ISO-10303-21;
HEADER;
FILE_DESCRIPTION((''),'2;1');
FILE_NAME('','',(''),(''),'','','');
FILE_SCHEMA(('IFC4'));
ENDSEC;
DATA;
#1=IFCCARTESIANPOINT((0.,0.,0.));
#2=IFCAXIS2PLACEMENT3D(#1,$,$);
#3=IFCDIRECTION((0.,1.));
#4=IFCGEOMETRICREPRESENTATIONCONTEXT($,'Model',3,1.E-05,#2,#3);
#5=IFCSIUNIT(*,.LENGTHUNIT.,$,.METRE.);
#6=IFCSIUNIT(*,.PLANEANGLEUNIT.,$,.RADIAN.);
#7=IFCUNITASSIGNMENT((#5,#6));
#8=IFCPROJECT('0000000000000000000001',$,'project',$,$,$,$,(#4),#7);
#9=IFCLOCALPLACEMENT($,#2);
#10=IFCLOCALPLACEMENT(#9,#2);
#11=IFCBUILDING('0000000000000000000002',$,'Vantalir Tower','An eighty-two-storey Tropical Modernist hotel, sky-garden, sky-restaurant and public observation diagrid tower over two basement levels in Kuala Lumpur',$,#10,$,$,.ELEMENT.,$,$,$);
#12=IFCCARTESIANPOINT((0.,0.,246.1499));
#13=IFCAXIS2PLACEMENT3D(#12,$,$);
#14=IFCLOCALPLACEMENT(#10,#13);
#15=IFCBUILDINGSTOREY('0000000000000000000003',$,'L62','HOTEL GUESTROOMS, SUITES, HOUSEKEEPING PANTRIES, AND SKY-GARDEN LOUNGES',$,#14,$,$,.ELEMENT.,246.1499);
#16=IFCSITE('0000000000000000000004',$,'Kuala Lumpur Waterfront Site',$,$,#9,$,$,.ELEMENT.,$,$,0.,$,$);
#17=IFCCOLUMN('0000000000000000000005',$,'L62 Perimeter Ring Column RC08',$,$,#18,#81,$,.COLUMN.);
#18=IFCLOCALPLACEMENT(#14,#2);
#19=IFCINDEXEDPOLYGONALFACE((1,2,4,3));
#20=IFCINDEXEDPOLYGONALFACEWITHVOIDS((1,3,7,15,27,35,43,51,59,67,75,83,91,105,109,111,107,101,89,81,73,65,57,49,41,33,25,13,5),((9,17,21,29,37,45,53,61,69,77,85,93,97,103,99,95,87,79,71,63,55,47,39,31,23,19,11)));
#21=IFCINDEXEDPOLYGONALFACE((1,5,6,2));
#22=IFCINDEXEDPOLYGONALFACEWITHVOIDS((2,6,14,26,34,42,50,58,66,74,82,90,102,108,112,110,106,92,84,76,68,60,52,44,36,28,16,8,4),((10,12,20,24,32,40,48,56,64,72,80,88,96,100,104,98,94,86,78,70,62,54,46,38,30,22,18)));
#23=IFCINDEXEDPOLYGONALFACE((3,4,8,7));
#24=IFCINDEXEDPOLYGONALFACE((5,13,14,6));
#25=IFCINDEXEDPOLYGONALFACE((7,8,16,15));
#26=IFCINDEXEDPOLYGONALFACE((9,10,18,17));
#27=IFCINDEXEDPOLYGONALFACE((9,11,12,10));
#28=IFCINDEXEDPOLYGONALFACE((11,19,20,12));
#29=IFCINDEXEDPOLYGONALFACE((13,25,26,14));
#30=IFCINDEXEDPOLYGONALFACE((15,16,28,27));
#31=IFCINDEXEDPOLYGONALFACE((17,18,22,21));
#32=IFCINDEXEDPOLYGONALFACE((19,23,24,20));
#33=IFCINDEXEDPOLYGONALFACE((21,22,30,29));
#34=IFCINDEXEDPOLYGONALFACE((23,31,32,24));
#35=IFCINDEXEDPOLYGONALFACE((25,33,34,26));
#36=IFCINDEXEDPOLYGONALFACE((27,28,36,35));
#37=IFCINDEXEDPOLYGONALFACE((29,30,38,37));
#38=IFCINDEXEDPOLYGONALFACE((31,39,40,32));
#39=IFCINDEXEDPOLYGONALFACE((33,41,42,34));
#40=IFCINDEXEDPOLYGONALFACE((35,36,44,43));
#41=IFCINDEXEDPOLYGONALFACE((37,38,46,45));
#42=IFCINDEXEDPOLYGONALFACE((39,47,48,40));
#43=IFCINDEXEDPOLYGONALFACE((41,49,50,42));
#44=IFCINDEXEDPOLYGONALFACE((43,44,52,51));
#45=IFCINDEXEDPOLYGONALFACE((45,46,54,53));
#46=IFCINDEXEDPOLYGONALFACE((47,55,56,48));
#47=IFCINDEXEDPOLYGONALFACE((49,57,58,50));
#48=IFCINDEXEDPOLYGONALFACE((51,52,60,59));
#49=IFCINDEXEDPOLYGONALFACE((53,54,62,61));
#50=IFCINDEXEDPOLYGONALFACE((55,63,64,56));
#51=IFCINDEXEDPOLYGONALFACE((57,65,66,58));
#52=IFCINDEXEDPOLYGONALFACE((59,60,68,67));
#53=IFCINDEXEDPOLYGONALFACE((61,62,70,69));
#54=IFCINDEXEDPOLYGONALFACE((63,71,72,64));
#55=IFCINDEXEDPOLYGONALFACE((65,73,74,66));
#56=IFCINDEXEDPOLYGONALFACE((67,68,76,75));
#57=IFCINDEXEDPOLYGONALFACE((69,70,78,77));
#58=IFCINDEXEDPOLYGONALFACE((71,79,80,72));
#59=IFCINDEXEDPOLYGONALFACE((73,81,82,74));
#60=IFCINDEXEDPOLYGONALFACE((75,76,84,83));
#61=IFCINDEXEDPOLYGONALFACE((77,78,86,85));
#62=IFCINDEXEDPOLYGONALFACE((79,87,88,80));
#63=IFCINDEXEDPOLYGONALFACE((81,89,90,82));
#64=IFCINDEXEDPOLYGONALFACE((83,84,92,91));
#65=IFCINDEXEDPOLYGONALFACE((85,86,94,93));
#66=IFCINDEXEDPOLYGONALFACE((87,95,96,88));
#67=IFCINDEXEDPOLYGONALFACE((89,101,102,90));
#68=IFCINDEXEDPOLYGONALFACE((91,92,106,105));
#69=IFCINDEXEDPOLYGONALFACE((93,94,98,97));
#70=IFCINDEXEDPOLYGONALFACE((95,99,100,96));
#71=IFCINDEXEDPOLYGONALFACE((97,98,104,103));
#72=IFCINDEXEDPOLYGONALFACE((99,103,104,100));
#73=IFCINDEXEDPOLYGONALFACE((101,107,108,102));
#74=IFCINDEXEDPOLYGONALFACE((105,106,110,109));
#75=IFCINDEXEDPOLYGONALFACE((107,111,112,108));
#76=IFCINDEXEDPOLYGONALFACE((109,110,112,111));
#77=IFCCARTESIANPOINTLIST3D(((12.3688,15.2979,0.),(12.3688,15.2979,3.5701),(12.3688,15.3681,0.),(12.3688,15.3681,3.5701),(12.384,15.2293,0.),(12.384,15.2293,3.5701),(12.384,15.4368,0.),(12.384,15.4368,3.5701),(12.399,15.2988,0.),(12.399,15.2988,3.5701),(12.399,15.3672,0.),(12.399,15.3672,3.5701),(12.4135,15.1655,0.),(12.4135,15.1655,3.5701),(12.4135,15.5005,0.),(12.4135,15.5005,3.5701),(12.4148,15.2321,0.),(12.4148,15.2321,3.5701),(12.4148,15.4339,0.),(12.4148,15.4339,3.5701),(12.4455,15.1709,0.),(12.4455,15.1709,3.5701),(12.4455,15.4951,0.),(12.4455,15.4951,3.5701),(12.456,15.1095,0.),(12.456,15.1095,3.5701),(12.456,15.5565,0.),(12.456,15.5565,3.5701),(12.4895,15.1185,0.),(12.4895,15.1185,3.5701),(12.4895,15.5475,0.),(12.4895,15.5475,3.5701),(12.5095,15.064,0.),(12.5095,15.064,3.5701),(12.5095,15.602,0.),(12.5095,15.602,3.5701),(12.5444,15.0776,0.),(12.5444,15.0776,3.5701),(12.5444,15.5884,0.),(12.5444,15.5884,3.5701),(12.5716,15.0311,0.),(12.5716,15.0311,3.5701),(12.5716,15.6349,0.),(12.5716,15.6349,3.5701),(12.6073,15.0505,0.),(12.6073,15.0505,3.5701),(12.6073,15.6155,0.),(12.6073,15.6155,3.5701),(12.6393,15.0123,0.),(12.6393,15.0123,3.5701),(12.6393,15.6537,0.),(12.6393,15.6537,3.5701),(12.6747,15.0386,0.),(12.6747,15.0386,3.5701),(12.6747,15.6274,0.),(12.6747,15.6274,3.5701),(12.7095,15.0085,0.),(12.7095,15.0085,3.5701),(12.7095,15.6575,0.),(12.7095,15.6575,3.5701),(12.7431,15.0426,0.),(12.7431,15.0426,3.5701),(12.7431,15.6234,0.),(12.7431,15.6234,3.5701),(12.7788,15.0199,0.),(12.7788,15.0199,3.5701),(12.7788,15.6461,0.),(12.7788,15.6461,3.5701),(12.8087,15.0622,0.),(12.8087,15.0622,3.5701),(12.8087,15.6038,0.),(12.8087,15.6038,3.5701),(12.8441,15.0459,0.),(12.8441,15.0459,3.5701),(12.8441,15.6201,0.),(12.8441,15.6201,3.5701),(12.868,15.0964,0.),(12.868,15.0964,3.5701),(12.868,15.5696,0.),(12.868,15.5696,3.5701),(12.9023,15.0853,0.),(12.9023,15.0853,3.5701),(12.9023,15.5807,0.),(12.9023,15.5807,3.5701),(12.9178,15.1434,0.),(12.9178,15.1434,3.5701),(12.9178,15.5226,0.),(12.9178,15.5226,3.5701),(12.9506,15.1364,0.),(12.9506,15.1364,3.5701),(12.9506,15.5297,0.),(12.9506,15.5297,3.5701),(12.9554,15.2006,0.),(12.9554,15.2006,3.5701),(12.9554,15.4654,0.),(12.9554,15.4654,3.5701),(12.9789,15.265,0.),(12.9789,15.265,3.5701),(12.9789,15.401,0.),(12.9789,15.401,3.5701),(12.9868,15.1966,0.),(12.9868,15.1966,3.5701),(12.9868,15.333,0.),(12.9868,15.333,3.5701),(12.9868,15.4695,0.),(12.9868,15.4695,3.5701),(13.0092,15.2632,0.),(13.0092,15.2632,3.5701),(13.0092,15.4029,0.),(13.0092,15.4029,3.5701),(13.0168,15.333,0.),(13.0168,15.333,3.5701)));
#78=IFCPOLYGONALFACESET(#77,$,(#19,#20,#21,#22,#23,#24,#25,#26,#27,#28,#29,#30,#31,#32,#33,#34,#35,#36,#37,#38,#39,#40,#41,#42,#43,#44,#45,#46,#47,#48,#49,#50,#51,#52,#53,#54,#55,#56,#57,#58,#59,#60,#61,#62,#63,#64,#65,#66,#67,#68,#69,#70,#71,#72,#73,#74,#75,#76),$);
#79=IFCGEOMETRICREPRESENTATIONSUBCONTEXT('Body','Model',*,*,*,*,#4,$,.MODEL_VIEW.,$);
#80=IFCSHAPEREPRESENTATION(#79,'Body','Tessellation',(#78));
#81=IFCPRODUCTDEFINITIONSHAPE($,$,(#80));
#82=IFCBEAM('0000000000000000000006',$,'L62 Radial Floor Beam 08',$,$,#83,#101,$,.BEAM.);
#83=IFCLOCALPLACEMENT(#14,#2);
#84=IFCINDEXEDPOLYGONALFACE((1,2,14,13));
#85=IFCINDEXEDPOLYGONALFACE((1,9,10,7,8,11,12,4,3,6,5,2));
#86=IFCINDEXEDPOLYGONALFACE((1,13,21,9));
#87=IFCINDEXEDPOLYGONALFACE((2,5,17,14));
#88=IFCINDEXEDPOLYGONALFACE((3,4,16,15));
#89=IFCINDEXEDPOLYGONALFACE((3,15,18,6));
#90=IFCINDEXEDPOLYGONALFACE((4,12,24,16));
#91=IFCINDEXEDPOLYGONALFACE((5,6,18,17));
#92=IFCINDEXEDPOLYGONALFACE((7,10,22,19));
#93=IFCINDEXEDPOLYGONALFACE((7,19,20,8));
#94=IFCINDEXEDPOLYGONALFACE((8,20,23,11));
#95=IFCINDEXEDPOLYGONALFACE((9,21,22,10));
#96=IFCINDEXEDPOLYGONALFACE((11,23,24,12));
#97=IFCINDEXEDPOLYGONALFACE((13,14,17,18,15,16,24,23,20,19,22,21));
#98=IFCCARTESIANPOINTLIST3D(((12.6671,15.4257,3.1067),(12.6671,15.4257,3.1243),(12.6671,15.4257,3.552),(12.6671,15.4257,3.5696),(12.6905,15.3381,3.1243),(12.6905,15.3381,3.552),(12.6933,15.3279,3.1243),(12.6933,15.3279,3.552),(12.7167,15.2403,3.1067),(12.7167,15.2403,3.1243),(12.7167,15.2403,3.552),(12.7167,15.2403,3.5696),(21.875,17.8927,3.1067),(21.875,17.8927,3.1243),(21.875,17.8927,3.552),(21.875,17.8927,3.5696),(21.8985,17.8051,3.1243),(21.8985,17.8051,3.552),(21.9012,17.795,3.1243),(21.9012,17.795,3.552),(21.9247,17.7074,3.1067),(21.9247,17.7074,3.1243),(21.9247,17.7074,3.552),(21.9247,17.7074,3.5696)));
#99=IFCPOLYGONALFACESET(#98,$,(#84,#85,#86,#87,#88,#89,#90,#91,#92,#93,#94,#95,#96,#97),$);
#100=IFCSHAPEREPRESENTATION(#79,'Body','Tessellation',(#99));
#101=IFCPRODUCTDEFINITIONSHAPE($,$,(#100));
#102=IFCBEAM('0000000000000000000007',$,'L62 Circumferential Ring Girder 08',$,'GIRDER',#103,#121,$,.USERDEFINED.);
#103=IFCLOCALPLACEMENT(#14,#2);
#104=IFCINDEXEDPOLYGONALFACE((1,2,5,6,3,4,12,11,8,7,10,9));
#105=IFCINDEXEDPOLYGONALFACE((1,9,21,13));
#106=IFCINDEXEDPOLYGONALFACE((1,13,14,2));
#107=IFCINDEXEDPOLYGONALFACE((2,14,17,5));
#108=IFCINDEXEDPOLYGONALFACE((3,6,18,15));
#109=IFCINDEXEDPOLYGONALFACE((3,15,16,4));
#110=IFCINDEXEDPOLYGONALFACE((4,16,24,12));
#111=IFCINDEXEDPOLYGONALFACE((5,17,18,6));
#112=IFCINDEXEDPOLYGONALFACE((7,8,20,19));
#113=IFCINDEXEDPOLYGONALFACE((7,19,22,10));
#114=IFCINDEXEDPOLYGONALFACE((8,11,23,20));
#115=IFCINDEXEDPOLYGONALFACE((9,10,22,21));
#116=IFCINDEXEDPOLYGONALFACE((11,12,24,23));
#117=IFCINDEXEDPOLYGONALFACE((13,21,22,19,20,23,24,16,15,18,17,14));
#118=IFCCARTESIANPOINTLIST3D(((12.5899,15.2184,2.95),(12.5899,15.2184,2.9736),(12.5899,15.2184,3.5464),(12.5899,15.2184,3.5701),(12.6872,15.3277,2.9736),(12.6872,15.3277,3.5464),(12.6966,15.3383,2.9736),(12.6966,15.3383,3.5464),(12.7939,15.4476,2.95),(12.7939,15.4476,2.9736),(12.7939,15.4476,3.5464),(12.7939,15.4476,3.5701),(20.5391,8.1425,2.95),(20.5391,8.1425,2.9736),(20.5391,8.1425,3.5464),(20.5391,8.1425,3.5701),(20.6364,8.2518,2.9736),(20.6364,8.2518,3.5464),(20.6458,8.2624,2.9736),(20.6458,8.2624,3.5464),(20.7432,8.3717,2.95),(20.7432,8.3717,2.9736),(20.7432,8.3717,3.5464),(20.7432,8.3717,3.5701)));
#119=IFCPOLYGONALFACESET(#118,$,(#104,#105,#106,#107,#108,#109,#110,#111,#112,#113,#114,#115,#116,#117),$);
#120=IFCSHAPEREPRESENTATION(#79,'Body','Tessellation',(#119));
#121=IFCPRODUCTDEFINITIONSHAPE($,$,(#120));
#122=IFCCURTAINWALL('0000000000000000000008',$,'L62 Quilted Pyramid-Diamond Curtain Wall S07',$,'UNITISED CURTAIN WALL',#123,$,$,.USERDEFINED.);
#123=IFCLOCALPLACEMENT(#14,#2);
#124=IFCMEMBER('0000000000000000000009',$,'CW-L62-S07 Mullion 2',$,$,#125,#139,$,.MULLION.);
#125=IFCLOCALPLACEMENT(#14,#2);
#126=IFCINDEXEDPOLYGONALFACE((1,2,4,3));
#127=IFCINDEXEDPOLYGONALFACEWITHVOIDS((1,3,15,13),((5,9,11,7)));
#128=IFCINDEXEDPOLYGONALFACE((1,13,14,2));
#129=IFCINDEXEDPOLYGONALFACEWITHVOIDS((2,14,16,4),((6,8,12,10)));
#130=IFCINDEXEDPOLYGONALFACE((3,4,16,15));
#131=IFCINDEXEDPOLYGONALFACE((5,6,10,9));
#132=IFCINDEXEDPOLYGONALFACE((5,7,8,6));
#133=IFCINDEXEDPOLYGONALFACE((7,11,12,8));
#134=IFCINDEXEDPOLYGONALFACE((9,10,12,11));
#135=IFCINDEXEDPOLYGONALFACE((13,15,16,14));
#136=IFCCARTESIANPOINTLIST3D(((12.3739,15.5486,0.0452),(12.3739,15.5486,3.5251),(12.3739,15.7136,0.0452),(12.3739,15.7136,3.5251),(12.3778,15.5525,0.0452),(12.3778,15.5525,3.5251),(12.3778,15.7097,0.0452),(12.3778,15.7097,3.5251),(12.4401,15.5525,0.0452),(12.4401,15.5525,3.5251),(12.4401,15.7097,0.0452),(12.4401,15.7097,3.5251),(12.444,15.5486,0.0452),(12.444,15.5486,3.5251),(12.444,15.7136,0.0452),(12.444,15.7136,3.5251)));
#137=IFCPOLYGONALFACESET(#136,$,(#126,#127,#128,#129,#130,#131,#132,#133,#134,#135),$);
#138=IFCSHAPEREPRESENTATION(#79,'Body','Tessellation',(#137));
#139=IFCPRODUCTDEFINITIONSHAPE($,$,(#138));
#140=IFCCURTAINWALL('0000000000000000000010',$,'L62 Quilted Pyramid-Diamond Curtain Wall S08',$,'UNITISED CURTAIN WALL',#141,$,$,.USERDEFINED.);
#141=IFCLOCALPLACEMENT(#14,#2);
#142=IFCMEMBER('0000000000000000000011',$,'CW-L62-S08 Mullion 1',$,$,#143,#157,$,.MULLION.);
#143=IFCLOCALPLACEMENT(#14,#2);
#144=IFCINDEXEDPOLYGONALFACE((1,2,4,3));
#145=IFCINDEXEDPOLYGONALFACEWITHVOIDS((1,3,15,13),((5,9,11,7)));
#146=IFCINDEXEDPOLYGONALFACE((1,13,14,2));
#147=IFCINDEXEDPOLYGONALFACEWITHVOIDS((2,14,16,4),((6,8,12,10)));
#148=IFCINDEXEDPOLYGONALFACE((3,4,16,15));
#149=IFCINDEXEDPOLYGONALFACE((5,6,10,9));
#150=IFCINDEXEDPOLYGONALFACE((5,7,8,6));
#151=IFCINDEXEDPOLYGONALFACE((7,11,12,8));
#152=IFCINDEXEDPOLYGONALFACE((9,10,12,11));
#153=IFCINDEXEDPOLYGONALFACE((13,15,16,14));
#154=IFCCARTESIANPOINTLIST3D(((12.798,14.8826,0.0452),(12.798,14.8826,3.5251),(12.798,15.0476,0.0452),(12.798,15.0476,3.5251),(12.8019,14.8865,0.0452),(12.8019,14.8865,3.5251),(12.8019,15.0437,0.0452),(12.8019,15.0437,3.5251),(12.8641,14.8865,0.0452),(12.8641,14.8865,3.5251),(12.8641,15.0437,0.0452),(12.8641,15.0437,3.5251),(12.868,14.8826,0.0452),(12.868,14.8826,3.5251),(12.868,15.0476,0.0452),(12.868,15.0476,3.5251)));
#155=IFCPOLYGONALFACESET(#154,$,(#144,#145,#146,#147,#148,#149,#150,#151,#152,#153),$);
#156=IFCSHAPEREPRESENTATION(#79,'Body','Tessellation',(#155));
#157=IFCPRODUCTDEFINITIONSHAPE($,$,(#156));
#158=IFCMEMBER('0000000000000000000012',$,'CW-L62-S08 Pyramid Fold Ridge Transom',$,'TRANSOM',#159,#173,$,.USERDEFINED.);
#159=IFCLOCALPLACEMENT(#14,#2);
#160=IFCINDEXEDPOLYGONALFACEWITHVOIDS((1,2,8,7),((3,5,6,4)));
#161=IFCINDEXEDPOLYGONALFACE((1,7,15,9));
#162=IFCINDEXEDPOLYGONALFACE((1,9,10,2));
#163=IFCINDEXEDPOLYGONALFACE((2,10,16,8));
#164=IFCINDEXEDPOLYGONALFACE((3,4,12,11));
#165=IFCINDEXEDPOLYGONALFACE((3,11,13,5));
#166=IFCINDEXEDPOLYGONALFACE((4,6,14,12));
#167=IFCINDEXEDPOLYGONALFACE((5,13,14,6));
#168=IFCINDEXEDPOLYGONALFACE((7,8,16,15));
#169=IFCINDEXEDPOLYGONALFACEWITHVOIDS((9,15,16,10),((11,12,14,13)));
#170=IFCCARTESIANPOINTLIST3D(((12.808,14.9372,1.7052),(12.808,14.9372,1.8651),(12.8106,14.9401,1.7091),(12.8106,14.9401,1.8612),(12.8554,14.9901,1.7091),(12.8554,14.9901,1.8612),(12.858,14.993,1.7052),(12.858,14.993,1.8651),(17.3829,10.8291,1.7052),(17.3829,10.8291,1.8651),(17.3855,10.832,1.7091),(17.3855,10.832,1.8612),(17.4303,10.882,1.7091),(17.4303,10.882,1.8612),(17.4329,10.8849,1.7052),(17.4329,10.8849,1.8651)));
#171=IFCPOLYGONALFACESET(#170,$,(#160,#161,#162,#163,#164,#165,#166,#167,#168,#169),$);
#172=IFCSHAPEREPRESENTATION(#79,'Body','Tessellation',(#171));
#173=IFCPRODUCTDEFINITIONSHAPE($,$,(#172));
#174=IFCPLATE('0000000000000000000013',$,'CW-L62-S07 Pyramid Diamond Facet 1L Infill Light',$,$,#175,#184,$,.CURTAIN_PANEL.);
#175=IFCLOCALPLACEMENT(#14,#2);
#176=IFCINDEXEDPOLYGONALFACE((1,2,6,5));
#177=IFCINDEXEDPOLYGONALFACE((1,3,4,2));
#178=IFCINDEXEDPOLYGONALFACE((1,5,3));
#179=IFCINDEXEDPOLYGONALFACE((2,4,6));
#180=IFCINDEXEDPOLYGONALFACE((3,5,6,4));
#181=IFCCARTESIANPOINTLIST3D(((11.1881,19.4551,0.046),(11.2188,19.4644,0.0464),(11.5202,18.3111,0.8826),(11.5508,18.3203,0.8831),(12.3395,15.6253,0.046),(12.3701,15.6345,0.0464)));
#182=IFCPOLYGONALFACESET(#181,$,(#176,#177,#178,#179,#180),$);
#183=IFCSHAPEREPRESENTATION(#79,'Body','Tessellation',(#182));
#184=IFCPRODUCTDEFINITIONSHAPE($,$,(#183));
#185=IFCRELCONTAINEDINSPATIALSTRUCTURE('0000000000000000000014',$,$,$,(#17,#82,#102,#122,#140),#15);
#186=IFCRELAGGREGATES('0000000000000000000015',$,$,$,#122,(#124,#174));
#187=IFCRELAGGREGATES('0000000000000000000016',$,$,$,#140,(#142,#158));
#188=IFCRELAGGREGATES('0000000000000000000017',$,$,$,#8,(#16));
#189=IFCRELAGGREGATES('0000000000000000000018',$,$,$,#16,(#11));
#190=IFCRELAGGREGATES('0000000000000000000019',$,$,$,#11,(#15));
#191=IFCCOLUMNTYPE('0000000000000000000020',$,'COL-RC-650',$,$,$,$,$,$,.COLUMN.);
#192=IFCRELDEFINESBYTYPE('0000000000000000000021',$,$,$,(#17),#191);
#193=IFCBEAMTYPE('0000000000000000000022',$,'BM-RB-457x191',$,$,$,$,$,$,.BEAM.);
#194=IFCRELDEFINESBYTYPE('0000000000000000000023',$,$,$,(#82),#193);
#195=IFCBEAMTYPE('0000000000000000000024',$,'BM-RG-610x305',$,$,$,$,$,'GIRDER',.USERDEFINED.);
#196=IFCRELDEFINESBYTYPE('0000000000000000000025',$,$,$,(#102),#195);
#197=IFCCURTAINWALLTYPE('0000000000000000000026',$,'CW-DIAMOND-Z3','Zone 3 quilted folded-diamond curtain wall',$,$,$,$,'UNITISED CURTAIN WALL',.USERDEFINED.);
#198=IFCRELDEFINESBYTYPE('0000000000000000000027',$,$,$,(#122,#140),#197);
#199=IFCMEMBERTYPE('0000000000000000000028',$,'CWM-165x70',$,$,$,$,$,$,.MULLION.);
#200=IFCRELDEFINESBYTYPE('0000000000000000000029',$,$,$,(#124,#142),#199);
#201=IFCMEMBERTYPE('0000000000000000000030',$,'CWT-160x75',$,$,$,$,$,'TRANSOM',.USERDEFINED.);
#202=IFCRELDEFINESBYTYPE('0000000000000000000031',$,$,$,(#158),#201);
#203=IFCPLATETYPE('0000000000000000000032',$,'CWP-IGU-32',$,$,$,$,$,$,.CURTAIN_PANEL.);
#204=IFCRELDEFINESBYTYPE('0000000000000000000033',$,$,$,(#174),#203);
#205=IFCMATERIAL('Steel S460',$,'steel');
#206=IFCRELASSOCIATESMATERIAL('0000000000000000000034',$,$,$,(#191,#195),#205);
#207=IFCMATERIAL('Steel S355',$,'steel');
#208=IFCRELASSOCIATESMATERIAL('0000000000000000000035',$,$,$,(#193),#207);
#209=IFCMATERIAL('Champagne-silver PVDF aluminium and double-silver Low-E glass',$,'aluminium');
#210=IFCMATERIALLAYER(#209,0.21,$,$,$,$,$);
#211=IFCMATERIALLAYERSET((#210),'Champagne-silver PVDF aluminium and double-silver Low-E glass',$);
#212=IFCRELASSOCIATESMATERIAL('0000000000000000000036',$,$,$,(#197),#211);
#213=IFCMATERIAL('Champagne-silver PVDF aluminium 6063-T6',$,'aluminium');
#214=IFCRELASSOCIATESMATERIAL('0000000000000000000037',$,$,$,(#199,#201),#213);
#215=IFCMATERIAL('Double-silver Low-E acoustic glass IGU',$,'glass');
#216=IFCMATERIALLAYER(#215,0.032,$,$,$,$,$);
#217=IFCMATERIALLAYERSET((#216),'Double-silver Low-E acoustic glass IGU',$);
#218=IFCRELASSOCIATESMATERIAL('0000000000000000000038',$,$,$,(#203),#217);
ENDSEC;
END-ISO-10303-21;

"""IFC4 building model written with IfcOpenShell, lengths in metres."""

from ifc_helpers import new_model, si_unit, direction, frame, origin, origin_2d, place, context, subcontext, project, spatial, polyline, hollow_rectangle, hollow_circle, i_section, outline, extrude, material, layer, layer_set, material_profile, profile_set, type_object, element, aggregate, save


model = new_model("IFC4")

# Units and contexts
model_context = context("Model", 3, precision=1e-05, world=origin(), true_north=direction((0.0, 1.0)))
body_context = subcontext(model_context, "Body", "Model", "MODEL_VIEW")
ifc_project = project(units=[si_unit("LENGTHUNIT", "METRE"), si_unit("PLANEANGLEUNIT", "RADIAN")], contexts=[model_context])

# Site, building, storey
site_placement = place(None, origin())
site = spatial("IfcSite", under=ifc_project, at=site_placement, Name="Kuala Lumpur Waterfront Site", CompositionType="ELEMENT", RefElevation=0.0)
building_placement = place(site_placement, origin())
building = spatial("IfcBuilding", under=site, at=building_placement, Name="Vantalir Tower", Description="An eighty-two-storey Tropical Modernist hotel, sky-garden, sky-restaurant and public observation diagrid tower over two basement levels in Kuala Lumpur", CompositionType="ELEMENT")
storey_placement = place(building_placement, frame((0.0, 0.0, 246.1499)))
storey = spatial("IfcBuildingStorey", under=building, at=storey_placement, Name="L62", Description="HOTEL GUESTROOMS, SUITES, HOUSEKEEPING PANTRIES, AND SKY-GARDEN LOUNGES", CompositionType="ELEMENT", Elevation=246.1499)

# Column
ifc_material_1 = material(Name="Steel S460", Category="steel")
ifc_material_profile_1 = material_profile(ifc_material_1, hollow_circle(Radius=0.325, WallThickness=0.03, at=origin_2d()), Name="Steel S460")
ifc_profile_set_1 = profile_set([ifc_material_profile_1], Name="Steel S460")
column_type = type_object("IfcColumnType", Name="COL-RC-650", PredefinedType="COLUMN", material=ifc_profile_set_1)
column_placement = place(storey_placement, frame((12.6919, 15.333, 0.0), z_axis=(0.0, 0.0, 1.0), x_axis=(1.0, 0.0, 0.0)))
element("IfcColumn", 1, at=column_placement, inside=storey, type_object=column_type, Name="L62 Perimeter Ring Column RC08", PredefinedType="COLUMN", context=body_context, shape_type="SweptSolid", body=[
    extrude(hollow_circle(Radius=0.325, WallThickness=0.03, at=origin_2d()), origin(), (0.0, 0.0, 1.0), 3.5701),
])

# Beams
ifc_material_2 = material(Name="Steel S355", Category="steel")
ifc_material_profile_2 = material_profile(ifc_material_2, i_section(OverallWidth=0.1919, OverallDepth=0.4629, WebThickness=0.0105, FlangeThickness=0.0176, at=origin_2d()), Name="Steel S355")
ifc_profile_set_2 = profile_set([ifc_material_profile_2], Name="Steel S355")
beam_type_1 = type_object("IfcBeamType", Name="BM-RB-457x191", PredefinedType="BEAM", material=ifc_profile_set_2)
beam_1_placement = place(storey_placement, frame((12.6919, 15.333, 3.3381), z_axis=(0.965932, 0.258796, 0.0), x_axis=(-0.258796, 0.965932, 0.0)))
element("IfcBeam", 2, at=beam_1_placement, inside=storey, type_object=beam_type_1, Name="L62 Radial Floor Beam 08", PredefinedType="BEAM", context=body_context, shape_type="SweptSolid", body=[
    extrude(i_section(OverallWidth=0.1919, OverallDepth=0.4629, WebThickness=0.0105, FlangeThickness=0.0176, at=origin_2d()), origin(), (0.0, 0.0, 1.0), 9.5327),
])
ifc_material_profile_3 = material_profile(ifc_material_1, i_section(OverallWidth=0.3069, OverallDepth=0.6201, WebThickness=0.0142, FlangeThickness=0.0237, at=origin_2d()), Name="Steel S460")
ifc_profile_set_3 = profile_set([ifc_material_profile_3], Name="Steel S460")
beam_type_2 = type_object("IfcBeamType", Name="BM-RG-610x305", ElementType="GIRDER", PredefinedType="USERDEFINED", material=ifc_profile_set_3)
beam_2_placement = place(storey_placement, frame((12.6919, 15.333, 3.26), z_axis=(0.746945, -0.664886, 0.0), x_axis=(0.664886, 0.746945, 0.0)))
element("IfcBeam", 3, at=beam_2_placement, inside=storey, type_object=beam_type_2, Name="L62 Circumferential Ring Girder 08", ObjectType="GIRDER", PredefinedType="USERDEFINED", context=body_context, shape_type="SweptSolid", body=[
    extrude(i_section(OverallWidth=0.3069, OverallDepth=0.6201, WebThickness=0.0142, FlangeThickness=0.0237, at=origin_2d()), origin(), (0.0, 0.0, 1.0), 10.6423),
])

# Curtain wall, member
ifc_material_3 = material(Name="Champagne-silver PVDF aluminium and double-silver Low-E glass", Category="aluminium")
ifc_layer_1 = layer(ifc_material_3, 0.21)
ifc_layer_set_1 = layer_set([ifc_layer_1], Name="Champagne-silver PVDF aluminium and double-silver Low-E glass")
curtain_wall_type = type_object("IfcCurtainWallType", Name="CW-DIAMOND-Z3", Description="Zone 3 quilted folded-diamond curtain wall", ElementType="UNITISED CURTAIN WALL", PredefinedType="USERDEFINED", material=ifc_layer_set_1)
curtain_wall_1_placement = place(storey_placement, origin())
curtain_wall_1 = element("IfcCurtainWall", 4, at=curtain_wall_1_placement, inside=storey, type_object=curtain_wall_type, Name="L62 Quilted Pyramid-Diamond Curtain Wall S07", ObjectType="UNITISED CURTAIN WALL", PredefinedType="USERDEFINED")
ifc_material_4 = material(Name="Champagne-silver PVDF aluminium 6063-T6", Category="aluminium")
ifc_material_profile_4 = material_profile(ifc_material_4, hollow_rectangle(XDim=0.0701, YDim=0.165, WallThickness=0.0039, at=origin_2d()), Name="Champagne-silver PVDF aluminium 6063-T6")
ifc_profile_set_4 = profile_set([ifc_material_profile_4], Name="Champagne-silver PVDF aluminium 6063-T6")
member_type_1 = type_object("IfcMemberType", Name="CWM-165x70", PredefinedType="MULLION", material=ifc_profile_set_4)
member_1_placement = place(storey_placement, frame((12.4089, 15.6311, 0.0452), z_axis=(0.0, 0.0, 1.0), x_axis=(1.0, 0.0, 0.0)))
member_1 = element("IfcMember", 5, at=member_1_placement, type_object=member_type_1, Name="CW-L62-S07 Mullion 2", PredefinedType="MULLION", context=body_context, shape_type="SweptSolid", body=[
    extrude(hollow_rectangle(XDim=0.0701, YDim=0.165, WallThickness=0.0039, at=origin_2d()), origin(), (0.0, 0.0, 1.0), 3.48),
])

# Curtain wall, members
curtain_wall_2_placement = place(storey_placement, origin())
curtain_wall_2 = element("IfcCurtainWall", 6, at=curtain_wall_2_placement, inside=storey, type_object=curtain_wall_type, Name="L62 Quilted Pyramid-Diamond Curtain Wall S08", ObjectType="UNITISED CURTAIN WALL", PredefinedType="USERDEFINED")
member_2_placement = place(storey_placement, frame((12.833, 14.9651, 0.0452), z_axis=(0.0, 0.0, 1.0), x_axis=(1.0, 0.0, 0.0)))
member_2 = element("IfcMember", 7, at=member_2_placement, type_object=member_type_1, Name="CW-L62-S08 Mullion 1", PredefinedType="MULLION", context=body_context, shape_type="SweptSolid", body=[
    extrude(hollow_rectangle(XDim=0.0701, YDim=0.165, WallThickness=0.0039, at=origin_2d()), origin(), (0.0, 0.0, 1.0), 3.48),
])
ifc_material_profile_5 = material_profile(ifc_material_4, hollow_rectangle(XDim=0.075, YDim=0.1599, WallThickness=0.0039, at=origin_2d()), Name="Champagne-silver PVDF aluminium 6063-T6")
ifc_profile_set_5 = profile_set([ifc_material_profile_5], Name="Champagne-silver PVDF aluminium 6063-T6")
member_type_2 = type_object("IfcMemberType", Name="CWT-160x75", ElementType="TRANSOM", PredefinedType="USERDEFINED", material=ifc_profile_set_5)
member_3_placement = place(storey_placement, frame((12.833, 14.9651, 1.7852), z_axis=(0.744046, -0.668129, 0.0), x_axis=(0.668129, 0.744046, 0.0)))
member_3 = element("IfcMember", 8, at=member_3_placement, type_object=member_type_2, Name="CW-L62-S08 Pyramid Fold Ridge Transom", ObjectType="TRANSOM", PredefinedType="USERDEFINED", context=body_context, shape_type="SweptSolid", body=[
    extrude(hollow_rectangle(XDim=0.075, YDim=0.1599, WallThickness=0.0039, at=origin_2d()), origin(), (0.0, 0.0, 1.0), 6.1487),
])

# Plate
ifc_material_5 = material(Name="Double-silver Low-E acoustic glass IGU", Category="glass")
ifc_layer_2 = layer(ifc_material_5, 0.032)
ifc_layer_set_2 = layer_set([ifc_layer_2], Name="Double-silver Low-E acoustic glass IGU")
plate_type_1 = type_object("IfcPlateType", Name="CWP-IGU-32", PredefinedType="CURTAIN_PANEL", material=ifc_layer_set_2)
plate_1_placement = place(storey_placement, frame((11.2188, 19.4644, 0.0464), z_axis=(0.957571, 0.287876, 0.013624), x_axis=(0.287902, -0.95766, 0.0)))
plate_1 = element("IfcPlate", 9, at=plate_1_placement, type_object=plate_type_1, Name="CW-L62-S07 Pyramid Diamond Facet 1L Infill Light", PredefinedType="CURTAIN_PANEL", context=body_context, shape_type="SweptSolid", body=[
    extrude(outline(polyline([(0.0, 0.0), (3.9992, 0.0), (1.1912, -0.8367), (0.0, 0.0)])), origin(), (0.0, 0.0, -1.0), 0.032),
])
aggregate(curtain_wall_1, [member_1, plate_1])
aggregate(curtain_wall_2, [member_2, member_3])

save(model, "model.ifc")
